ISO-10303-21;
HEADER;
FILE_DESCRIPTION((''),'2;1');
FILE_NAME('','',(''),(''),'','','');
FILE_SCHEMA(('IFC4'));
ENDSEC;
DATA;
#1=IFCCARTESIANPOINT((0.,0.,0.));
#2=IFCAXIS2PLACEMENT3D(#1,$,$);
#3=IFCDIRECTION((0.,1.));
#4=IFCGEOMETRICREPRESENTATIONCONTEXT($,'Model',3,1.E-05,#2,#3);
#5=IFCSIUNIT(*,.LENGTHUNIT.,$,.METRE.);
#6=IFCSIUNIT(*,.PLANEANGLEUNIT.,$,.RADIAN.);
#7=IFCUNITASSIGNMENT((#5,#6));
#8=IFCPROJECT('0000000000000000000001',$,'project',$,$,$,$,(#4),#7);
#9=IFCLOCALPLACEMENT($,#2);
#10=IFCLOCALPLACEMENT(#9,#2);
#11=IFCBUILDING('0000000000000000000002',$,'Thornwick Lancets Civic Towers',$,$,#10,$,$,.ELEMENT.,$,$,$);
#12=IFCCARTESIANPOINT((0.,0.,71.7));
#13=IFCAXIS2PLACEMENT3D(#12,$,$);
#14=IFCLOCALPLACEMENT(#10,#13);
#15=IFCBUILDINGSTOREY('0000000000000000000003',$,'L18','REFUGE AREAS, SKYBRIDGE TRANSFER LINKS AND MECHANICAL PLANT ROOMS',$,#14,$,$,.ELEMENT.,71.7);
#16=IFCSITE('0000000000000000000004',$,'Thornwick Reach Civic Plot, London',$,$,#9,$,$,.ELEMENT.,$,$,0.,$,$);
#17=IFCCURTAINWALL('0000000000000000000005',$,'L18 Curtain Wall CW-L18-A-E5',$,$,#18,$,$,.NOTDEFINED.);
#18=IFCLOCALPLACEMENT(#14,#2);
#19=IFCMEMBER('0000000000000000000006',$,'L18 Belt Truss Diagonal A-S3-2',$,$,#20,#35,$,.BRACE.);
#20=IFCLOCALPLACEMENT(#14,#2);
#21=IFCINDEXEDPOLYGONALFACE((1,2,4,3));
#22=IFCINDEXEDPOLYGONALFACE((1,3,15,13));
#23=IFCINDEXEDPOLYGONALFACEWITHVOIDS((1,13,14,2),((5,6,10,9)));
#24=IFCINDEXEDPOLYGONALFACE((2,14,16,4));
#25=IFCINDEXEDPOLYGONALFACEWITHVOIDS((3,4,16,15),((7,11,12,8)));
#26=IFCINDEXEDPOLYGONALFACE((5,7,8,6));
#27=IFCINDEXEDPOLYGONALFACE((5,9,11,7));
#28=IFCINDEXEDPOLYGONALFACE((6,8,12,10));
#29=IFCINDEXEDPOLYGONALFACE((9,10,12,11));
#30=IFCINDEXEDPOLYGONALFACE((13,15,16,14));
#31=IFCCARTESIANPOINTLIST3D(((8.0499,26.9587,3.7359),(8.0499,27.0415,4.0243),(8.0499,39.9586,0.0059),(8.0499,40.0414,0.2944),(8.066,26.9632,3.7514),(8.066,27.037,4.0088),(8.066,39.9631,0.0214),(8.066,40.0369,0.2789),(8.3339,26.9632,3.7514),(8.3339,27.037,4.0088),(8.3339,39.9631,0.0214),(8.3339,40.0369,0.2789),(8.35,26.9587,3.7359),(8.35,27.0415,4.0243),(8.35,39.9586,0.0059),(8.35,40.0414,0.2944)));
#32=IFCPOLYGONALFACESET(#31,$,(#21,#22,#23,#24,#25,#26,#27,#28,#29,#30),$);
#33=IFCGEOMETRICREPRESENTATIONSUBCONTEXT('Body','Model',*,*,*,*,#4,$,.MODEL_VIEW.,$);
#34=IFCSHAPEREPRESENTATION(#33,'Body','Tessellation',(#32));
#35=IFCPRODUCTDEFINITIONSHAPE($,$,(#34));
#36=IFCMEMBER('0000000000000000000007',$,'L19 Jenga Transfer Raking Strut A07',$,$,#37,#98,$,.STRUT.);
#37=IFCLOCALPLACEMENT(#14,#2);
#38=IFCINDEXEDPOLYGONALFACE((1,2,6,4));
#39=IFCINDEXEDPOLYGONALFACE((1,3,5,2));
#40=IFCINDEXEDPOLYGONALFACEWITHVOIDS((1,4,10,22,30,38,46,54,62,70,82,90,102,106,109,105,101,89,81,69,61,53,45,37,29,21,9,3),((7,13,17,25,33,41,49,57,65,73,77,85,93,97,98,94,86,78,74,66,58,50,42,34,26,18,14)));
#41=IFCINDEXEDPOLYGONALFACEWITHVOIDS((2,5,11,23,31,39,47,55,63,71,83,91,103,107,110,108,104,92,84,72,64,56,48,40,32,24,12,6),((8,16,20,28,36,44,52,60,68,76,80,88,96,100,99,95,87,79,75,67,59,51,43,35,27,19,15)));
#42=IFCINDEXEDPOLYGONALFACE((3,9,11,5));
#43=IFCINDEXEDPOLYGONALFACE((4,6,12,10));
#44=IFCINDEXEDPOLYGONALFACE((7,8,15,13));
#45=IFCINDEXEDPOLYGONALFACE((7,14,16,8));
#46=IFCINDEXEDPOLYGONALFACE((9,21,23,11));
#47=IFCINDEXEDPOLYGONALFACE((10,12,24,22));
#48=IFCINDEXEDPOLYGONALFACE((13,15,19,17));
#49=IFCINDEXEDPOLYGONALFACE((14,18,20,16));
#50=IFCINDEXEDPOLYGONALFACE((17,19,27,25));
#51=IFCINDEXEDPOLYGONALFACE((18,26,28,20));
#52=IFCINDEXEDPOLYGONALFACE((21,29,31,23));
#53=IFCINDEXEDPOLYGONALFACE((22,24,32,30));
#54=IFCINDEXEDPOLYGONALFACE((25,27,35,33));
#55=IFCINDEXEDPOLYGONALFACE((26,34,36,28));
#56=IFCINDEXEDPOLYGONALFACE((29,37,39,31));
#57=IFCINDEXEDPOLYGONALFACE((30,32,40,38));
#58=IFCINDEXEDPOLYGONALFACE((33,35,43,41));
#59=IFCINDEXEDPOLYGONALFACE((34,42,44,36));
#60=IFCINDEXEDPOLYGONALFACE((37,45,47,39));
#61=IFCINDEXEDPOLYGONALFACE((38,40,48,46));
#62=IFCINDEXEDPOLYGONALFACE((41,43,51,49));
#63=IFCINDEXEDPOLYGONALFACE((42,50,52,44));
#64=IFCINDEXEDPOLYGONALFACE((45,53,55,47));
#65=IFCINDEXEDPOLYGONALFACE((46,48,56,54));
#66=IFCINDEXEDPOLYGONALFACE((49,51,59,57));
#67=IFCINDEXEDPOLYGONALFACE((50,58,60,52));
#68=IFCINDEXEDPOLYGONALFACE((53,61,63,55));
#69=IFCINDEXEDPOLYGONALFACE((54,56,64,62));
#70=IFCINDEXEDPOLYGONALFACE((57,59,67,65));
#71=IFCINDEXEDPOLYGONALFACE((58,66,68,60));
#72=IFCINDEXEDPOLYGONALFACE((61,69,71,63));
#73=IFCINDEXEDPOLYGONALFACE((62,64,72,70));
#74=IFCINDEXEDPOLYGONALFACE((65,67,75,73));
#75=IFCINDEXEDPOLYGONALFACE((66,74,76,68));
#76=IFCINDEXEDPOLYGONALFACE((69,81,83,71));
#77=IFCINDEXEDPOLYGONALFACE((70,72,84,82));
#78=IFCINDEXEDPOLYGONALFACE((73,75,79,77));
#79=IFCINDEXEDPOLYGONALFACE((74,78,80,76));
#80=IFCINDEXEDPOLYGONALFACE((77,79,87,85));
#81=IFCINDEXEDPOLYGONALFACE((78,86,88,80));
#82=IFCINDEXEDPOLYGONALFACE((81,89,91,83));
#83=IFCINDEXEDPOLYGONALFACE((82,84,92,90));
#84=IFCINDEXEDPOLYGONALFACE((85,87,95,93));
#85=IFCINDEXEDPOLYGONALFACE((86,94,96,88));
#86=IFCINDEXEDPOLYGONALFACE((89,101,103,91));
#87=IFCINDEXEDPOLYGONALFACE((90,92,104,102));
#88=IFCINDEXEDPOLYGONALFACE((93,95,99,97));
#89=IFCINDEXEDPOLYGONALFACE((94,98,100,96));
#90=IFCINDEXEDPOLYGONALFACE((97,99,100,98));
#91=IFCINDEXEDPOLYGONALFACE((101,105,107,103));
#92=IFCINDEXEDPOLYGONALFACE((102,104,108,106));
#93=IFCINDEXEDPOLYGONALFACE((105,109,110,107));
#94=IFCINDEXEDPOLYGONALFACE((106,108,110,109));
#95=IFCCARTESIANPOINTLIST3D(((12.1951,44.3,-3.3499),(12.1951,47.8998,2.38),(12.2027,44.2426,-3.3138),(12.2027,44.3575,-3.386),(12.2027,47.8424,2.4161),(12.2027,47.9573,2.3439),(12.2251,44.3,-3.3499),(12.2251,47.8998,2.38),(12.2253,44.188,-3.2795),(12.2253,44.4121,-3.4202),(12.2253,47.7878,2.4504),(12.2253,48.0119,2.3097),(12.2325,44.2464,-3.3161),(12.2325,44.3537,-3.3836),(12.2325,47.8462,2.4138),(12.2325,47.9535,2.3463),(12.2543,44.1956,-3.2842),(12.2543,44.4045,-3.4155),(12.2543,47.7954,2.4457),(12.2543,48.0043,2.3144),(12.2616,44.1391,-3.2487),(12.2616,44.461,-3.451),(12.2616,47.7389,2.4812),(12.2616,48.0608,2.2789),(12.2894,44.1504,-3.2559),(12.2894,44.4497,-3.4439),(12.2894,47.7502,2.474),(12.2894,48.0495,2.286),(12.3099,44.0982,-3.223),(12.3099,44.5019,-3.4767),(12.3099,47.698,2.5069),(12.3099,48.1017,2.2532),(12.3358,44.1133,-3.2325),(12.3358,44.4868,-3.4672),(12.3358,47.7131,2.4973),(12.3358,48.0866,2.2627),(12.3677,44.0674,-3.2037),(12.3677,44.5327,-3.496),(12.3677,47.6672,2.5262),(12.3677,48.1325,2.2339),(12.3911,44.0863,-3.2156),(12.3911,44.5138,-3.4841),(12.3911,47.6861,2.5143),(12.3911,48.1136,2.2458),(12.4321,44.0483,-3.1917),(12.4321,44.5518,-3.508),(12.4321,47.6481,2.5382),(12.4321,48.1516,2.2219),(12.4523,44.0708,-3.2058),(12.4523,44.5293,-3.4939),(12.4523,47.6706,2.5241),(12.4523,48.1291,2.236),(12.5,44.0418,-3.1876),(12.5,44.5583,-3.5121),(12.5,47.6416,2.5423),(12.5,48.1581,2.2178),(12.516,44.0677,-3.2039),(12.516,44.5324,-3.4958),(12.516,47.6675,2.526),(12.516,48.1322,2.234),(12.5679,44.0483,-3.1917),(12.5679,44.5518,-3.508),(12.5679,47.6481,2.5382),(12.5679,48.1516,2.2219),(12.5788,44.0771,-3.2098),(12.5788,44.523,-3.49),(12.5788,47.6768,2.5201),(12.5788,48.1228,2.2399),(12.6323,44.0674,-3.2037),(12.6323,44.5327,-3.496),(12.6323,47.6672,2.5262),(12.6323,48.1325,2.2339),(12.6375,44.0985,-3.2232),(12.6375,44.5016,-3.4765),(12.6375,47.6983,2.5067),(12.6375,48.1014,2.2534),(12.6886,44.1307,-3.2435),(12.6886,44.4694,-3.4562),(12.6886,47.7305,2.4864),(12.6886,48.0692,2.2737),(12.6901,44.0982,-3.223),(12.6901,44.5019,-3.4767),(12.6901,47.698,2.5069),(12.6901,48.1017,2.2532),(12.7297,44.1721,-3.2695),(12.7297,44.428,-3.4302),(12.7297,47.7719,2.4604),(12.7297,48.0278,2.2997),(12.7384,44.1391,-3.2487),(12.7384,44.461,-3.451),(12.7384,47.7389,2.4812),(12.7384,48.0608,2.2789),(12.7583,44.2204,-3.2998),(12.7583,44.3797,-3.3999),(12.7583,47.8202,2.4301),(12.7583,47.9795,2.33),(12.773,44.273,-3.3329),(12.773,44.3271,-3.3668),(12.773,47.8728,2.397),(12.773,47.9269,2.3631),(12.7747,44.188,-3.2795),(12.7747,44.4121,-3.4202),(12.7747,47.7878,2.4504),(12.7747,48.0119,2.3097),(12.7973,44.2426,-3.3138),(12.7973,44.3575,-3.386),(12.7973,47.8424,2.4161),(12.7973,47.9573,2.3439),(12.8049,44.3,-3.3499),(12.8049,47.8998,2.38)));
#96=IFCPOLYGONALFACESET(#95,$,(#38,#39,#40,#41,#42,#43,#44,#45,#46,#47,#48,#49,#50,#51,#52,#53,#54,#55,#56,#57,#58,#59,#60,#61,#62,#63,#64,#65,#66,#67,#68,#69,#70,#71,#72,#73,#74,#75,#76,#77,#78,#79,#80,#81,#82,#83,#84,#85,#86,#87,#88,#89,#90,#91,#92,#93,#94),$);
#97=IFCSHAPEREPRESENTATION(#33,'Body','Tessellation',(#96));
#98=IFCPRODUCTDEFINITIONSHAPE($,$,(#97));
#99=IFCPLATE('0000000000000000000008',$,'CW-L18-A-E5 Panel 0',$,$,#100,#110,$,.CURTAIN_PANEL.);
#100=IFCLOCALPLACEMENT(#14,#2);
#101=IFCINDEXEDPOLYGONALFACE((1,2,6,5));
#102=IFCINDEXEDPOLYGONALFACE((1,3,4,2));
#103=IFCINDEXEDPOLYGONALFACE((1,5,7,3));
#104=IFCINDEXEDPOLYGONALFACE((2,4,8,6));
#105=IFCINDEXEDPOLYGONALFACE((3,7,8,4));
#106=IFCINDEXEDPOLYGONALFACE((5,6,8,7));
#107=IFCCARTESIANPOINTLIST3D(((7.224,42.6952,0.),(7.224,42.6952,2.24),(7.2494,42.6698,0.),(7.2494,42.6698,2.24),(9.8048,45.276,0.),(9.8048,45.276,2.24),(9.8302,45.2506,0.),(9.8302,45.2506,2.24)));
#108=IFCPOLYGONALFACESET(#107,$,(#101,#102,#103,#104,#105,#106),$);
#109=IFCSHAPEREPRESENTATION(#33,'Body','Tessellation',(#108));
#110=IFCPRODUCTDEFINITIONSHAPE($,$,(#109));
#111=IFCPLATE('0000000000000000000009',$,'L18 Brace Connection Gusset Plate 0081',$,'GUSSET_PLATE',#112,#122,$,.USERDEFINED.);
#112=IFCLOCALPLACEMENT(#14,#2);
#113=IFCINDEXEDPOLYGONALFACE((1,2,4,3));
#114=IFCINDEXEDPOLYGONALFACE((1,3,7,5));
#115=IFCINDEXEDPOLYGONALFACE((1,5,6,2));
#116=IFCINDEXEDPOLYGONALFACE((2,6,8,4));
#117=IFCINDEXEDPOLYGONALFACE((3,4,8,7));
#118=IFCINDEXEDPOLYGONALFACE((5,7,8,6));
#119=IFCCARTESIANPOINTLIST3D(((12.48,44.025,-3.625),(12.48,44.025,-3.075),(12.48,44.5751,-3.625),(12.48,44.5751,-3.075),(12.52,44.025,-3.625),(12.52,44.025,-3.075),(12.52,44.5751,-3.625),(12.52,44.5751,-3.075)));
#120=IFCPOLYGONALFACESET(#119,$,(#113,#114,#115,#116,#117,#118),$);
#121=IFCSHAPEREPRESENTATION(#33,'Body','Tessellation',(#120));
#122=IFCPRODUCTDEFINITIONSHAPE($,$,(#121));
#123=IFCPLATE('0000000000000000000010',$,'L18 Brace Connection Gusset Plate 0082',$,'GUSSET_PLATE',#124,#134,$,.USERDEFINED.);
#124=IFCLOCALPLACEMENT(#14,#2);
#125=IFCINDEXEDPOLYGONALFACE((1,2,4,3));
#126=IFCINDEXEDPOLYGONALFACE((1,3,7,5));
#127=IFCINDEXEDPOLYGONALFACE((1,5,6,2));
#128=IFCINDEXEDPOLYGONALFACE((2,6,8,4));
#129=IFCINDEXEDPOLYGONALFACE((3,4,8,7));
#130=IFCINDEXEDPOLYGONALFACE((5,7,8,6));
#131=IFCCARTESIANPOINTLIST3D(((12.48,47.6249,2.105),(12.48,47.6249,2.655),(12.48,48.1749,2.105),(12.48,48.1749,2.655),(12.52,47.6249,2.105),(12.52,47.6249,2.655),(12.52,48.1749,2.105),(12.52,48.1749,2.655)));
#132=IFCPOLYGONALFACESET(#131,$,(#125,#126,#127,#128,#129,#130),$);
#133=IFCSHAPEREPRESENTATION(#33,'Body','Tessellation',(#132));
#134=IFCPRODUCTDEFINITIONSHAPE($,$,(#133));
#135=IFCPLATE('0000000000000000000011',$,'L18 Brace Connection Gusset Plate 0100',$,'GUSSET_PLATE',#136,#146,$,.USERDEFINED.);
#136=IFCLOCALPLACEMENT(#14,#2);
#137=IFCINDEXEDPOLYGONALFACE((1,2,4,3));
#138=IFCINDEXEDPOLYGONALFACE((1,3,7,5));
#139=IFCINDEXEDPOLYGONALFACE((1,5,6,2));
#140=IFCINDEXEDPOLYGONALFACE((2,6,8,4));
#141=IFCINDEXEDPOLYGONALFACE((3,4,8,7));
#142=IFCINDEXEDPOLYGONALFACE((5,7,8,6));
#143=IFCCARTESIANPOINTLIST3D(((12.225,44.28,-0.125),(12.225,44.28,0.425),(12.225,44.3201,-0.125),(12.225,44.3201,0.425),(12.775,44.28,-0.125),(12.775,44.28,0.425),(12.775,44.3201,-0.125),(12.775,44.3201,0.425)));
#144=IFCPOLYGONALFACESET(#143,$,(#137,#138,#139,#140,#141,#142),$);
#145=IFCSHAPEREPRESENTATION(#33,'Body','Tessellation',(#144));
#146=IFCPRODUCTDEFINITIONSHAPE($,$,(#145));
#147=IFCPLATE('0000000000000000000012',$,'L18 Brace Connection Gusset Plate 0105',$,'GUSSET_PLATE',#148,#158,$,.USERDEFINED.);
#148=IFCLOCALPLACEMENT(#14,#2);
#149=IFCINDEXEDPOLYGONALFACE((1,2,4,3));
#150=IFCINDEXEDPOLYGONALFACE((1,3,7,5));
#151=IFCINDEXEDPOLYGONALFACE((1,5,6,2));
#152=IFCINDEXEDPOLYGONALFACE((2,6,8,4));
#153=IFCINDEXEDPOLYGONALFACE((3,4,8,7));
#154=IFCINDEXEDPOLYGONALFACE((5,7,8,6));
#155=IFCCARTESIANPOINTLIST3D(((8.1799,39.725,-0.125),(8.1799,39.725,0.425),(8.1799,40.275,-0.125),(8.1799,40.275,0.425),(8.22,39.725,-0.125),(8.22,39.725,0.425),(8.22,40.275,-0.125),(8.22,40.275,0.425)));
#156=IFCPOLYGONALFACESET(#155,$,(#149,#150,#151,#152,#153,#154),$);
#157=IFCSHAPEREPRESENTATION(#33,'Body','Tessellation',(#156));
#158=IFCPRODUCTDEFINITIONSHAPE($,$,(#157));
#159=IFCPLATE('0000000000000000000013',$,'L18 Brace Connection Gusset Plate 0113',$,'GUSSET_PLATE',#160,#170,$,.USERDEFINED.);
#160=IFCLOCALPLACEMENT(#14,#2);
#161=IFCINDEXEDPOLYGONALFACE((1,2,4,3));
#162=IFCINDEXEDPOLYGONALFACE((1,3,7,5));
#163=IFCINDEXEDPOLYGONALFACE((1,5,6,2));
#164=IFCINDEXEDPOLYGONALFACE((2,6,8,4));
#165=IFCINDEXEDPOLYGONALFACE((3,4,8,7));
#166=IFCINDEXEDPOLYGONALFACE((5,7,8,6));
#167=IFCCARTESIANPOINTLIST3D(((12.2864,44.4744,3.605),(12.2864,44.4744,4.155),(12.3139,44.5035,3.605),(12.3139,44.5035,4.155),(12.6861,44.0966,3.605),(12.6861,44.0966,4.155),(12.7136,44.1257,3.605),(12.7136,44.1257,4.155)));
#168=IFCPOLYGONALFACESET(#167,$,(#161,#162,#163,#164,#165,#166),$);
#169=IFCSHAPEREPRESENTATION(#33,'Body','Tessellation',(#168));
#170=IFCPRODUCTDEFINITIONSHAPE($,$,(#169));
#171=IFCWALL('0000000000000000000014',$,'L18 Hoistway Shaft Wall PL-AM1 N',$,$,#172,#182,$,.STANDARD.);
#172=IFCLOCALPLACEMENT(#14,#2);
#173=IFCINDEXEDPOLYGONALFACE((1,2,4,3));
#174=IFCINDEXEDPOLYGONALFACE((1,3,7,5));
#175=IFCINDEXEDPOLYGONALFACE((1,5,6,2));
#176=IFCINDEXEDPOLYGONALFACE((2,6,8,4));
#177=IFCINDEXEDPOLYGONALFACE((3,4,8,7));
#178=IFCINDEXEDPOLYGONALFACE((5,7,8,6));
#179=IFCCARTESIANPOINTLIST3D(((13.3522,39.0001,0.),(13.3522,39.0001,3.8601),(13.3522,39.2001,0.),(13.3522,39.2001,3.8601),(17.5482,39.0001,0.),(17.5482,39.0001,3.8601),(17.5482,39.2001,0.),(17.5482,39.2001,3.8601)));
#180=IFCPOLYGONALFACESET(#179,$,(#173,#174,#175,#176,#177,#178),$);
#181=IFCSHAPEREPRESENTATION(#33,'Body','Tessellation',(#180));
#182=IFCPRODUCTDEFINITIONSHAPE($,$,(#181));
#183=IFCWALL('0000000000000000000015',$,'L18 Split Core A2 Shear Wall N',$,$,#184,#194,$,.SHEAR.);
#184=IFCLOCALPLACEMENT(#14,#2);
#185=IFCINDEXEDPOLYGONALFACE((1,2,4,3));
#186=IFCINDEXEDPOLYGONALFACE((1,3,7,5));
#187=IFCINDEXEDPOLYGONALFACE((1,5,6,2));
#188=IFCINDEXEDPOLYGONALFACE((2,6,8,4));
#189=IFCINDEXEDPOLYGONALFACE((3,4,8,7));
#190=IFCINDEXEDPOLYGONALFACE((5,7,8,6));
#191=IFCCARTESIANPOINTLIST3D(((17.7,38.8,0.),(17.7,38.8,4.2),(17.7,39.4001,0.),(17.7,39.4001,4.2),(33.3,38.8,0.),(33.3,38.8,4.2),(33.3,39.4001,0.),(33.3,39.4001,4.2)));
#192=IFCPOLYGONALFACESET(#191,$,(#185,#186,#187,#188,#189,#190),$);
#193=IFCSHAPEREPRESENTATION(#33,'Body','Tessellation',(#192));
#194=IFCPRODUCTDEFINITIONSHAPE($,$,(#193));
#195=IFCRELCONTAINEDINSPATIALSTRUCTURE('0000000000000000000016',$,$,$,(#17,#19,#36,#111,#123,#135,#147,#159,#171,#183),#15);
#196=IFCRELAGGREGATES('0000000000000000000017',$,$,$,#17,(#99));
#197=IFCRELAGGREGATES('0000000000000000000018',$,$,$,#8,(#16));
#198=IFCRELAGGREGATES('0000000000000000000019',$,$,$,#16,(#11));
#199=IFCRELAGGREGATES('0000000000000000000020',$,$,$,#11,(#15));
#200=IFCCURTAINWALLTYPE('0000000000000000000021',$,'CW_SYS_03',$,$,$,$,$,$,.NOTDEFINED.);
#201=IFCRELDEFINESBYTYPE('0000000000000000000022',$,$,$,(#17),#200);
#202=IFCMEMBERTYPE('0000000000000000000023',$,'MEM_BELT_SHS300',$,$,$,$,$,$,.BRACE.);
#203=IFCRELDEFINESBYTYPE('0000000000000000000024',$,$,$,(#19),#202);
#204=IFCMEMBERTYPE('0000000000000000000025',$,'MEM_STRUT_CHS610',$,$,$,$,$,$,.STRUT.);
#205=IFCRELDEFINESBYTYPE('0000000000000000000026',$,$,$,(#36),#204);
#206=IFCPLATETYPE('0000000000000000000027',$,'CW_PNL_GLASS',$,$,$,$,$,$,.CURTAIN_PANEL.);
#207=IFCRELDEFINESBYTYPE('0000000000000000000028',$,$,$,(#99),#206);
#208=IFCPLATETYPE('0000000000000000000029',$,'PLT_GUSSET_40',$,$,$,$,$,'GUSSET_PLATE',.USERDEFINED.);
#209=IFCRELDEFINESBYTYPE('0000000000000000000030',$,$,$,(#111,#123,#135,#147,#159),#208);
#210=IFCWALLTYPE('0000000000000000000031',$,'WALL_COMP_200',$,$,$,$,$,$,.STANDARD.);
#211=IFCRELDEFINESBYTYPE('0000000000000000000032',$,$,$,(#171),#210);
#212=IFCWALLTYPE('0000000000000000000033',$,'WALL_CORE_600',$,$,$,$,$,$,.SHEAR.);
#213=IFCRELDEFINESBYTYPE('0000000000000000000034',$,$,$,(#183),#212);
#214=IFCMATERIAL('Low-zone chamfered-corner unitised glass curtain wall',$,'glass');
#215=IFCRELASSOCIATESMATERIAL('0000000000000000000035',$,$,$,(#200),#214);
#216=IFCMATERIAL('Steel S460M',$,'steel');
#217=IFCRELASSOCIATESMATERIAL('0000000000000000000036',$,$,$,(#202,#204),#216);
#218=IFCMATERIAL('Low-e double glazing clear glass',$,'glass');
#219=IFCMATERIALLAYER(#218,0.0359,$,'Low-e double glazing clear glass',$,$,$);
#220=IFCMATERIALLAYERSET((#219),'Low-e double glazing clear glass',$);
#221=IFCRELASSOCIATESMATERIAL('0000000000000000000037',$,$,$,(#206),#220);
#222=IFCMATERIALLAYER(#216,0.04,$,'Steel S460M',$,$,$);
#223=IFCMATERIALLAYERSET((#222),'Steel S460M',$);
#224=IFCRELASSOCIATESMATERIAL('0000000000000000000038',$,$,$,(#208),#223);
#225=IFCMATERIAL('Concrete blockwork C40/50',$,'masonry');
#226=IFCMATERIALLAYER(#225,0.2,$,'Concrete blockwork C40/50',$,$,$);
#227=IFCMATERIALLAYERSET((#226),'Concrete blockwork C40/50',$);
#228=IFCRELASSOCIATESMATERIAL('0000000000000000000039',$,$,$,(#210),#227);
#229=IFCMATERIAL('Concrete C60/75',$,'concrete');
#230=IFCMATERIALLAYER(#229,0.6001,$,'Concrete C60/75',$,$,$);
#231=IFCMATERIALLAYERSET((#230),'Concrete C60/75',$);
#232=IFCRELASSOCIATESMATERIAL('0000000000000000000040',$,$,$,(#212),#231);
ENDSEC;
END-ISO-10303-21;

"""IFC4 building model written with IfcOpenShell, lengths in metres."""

from ifc_helpers import new_model, si_unit, direction, frame, frame_2d, origin, origin_2d, place, context, subcontext, project, spatial, rectangle, hollow_rectangle, hollow_circle, extrude, material, layer, layer_set, material_profile, profile_set, type_object, element, aggregate, save


model = new_model("IFC4")

# Units and contexts
model_context = context("Model", 3, precision=1e-05, world=origin(), true_north=direction((0.0, 1.0)))
body_context = subcontext(model_context, "Body", "Model", "MODEL_VIEW")
ifc_project = project(units=[si_unit("LENGTHUNIT", "METRE"), si_unit("PLANEANGLEUNIT", "RADIAN")], contexts=[model_context])

# Site, building, storey
site_placement = place(None, origin())
site = spatial("IfcSite", under=ifc_project, at=site_placement, Name="Thornwick Reach Civic Plot, London", CompositionType="ELEMENT", RefElevation=0.0)
building_placement = place(site_placement, origin())
building = spatial("IfcBuilding", under=site, at=building_placement, Name="Thornwick Lancets Civic Towers", CompositionType="ELEMENT")
storey_placement = place(building_placement, frame((0.0, 0.0, 71.7)))
storey = spatial("IfcBuildingStorey", under=building, at=storey_placement, Name="L18", Description="REFUGE AREAS, SKYBRIDGE TRANSFER LINKS AND MECHANICAL PLANT ROOMS", CompositionType="ELEMENT", Elevation=71.7)

# Shared definitions
ifc_material_1 = material(Name="Concrete C60/75", Category="concrete")

# Shared definitions
ifc_material_2 = material(Name="Steel S460M", Category="steel")

# Curtain wall
ifc_material_3 = material(Name="Low-zone chamfered-corner unitised glass curtain wall", Category="glass")
curtain_wall_type = type_object("IfcCurtainWallType", Name="CW_SYS_03", PredefinedType="NOTDEFINED", material=ifc_material_3)
curtain_wall_placement = place(storey_placement, origin())
curtain_wall = element("IfcCurtainWall", 1, at=curtain_wall_placement, inside=storey, type_object=curtain_wall_type, Name="L18 Curtain Wall CW-L18-A-E5", PredefinedType="NOTDEFINED")

# Members
ifc_material_profile_1 = material_profile(ifc_material_2, hollow_rectangle(XDim=0.3, YDim=0.3, WallThickness=0.0161, at=origin_2d()), Name="SHS 300x300x16")
ifc_profile_set_1 = profile_set([ifc_material_profile_1], Name="Steel S460M")
member_type_1 = type_object("IfcMemberType", Name="MEM_BELT_SHS300", PredefinedType="BRACE", material=ifc_profile_set_1)
for number, where, z_axis, x_axis, name in (
    (2, (8.2, 40.0, 0.1501), (0.0, -0.961217, 0.275794), (1.0, 0.0, 0.0), "L18 Belt Truss Diagonal A-S3-2"),
):
    element("IfcMember", number, at=place(storey_placement, frame(where, z_axis=z_axis, x_axis=x_axis)), inside=storey, type_object=member_type_1, Name=name, PredefinedType="BRACE", context=body_context, shape_type="SweptSolid", body=[
        extrude(hollow_rectangle(XDim=0.3, YDim=0.3, WallThickness=0.0161, at=origin_2d()), origin(), (0.0, 0.0, 1.0), 13.5244),
    ])
ifc_material_profile_2 = material_profile(ifc_material_2, hollow_circle(Radius=0.3049, WallThickness=0.03, at=origin_2d()), Name="CHS 610x30")
ifc_profile_set_2 = profile_set([ifc_material_profile_2], Name="Steel S460M")
member_type_2 = type_object("IfcMemberType", Name="MEM_STRUT_CHS610", PredefinedType="STRUT", material=ifc_profile_set_2)
member_1_placement = place(storey_placement, frame((12.5, 44.3, -3.3499), z_axis=(0.0, 0.531976, 0.84676), x_axis=(-1.0, 0.0, 0.0)))
element("IfcMember", 3, at=member_1_placement, inside=storey, type_object=member_type_2, Name="L19 Jenga Transfer Raking Strut A07", PredefinedType="STRUT", context=body_context, shape_type="SweptSolid", body=[
    extrude(hollow_circle(Radius=0.3049, WallThickness=0.03, at=origin_2d()), origin(), (0.0, 0.0, 1.0), 6.7668),
])

# Plate
ifc_material_4 = material(Name="Low-e double glazing clear glass", Category="glass")
ifc_layer_1 = layer(ifc_material_4, 0.0359, Name="Low-e double glazing clear glass")
ifc_layer_set_1 = layer_set([ifc_layer_1], Name="Low-e double glazing clear glass")
plate_type_1 = type_object("IfcPlateType", Name="CW_PNL_GLASS", PredefinedType="CURTAIN_PANEL", material=ifc_layer_set_1)
plate_placement = place(storey_placement, frame((8.5271, 43.9729, 0.0), z_axis=(0.0, 0.0, 1.0), x_axis=(-0.707107, -0.707107, 0.0)))
plate = element("IfcPlate", 4, at=plate_placement, type_object=plate_type_1, Name="CW-L18-A-E5 Panel 0", PredefinedType="CURTAIN_PANEL", context=body_context, shape_type="SweptSolid", body=[
    extrude(rectangle(XDim=3.6499, YDim=0.0359, at=origin_2d()), origin(), (0.0, 0.0, 1.0), 2.24),
])
aggregate(curtain_wall, [plate])

# Plates
ifc_layer_2 = layer(ifc_material_2, 0.04, Name="Steel S460M")
ifc_layer_set_2 = layer_set([ifc_layer_2], Name="Steel S460M")
plate_type_2 = type_object("IfcPlateType", Name="PLT_GUSSET_40", ElementType="GUSSET_PLATE", PredefinedType="USERDEFINED", material=ifc_layer_set_2)
for number, where, z_axis, x_axis, name in (
    (5, (12.5, 44.3, -3.625), (0.0, 0.0, 1.0), (0.0, 1.0, 0.0), "L18 Brace Connection Gusset Plate 0081"),
    (6, (12.5, 47.8999, 2.105), (0.0, 0.0, 1.0), (0.0, 1.0, 0.0), "L18 Brace Connection Gusset Plate 0082"),
    (7, (12.5, 44.3, -0.125), (0.0, 0.0, 1.0), (1.0, 0.0, 0.0), "L18 Brace Connection Gusset Plate 0100"),
    (8, (8.2, 40.0, -0.125), (0.0, 0.0, 1.0), (0.0, -1.0, 0.0), "L18 Brace Connection Gusset Plate 0105"),
    (9, (12.5, 44.3, 3.605), (0.0, 0.0, 1.0), (-0.726695, 0.686961, 0.0), "L18 Brace Connection Gusset Plate 0113"),
):
    element("IfcPlate", number, at=place(storey_placement, frame(where, z_axis=z_axis, x_axis=x_axis)), inside=storey, type_object=plate_type_2, Name=name, ObjectType="GUSSET_PLATE", PredefinedType="USERDEFINED", context=body_context, shape_type="SweptSolid", body=[
        extrude(rectangle(XDim=0.55, YDim=0.04, at=origin_2d()), origin(), (0.0, 0.0, 1.0), 0.55),
    ])

# Walls
ifc_material_5 = material(Name="Concrete blockwork C40/50", Category="masonry")
ifc_layer_3 = layer(ifc_material_5, 0.2, Name="Concrete blockwork C40/50")
ifc_layer_set_3 = layer_set([ifc_layer_3], Name="Concrete blockwork C40/50")
wall_type_1 = type_object("IfcWallType", Name="WALL_COMP_200", PredefinedType="STANDARD", material=ifc_layer_set_3)
wall_1_placement = place(storey_placement, frame((13.3521, 39.1001, 0.0), z_axis=(0.0, 0.0, 1.0), x_axis=(1.0, 0.0, 0.0)))
element("IfcWall", 10, at=wall_1_placement, inside=storey, type_object=wall_type_1, Name="L18 Hoistway Shaft Wall PL-AM1 N", PredefinedType="STANDARD", context=body_context, shape_type="SweptSolid", body=[
    extrude(rectangle(XDim=4.196, YDim=0.2, at=frame_2d((2.0981, 0.0))), origin(), (0.0, 0.0, 1.0), 3.8601),
])
ifc_layer_4 = layer(ifc_material_1, 0.6001, Name="Concrete C60/75")
ifc_layer_set_4 = layer_set([ifc_layer_4], Name="Concrete C60/75")
wall_type_2 = type_object("IfcWallType", Name="WALL_CORE_600", PredefinedType="SHEAR", material=ifc_layer_set_4)
wall_2_placement = place(storey_placement, frame((17.7, 39.1001, 0.0), z_axis=(0.0, 0.0, 1.0), x_axis=(1.0, 0.0, 0.0)))
element("IfcWall", 11, at=wall_2_placement, inside=storey, type_object=wall_type_2, Name="L18 Split Core A2 Shear Wall N", PredefinedType="SHEAR", context=body_context, shape_type="SweptSolid", body=[
    extrude(rectangle(XDim=15.6001, YDim=0.6001, at=frame_2d((7.8, 0.0))), origin(), (0.0, 0.0, 1.0), 4.2),
])

save(model, "model.ifc")
